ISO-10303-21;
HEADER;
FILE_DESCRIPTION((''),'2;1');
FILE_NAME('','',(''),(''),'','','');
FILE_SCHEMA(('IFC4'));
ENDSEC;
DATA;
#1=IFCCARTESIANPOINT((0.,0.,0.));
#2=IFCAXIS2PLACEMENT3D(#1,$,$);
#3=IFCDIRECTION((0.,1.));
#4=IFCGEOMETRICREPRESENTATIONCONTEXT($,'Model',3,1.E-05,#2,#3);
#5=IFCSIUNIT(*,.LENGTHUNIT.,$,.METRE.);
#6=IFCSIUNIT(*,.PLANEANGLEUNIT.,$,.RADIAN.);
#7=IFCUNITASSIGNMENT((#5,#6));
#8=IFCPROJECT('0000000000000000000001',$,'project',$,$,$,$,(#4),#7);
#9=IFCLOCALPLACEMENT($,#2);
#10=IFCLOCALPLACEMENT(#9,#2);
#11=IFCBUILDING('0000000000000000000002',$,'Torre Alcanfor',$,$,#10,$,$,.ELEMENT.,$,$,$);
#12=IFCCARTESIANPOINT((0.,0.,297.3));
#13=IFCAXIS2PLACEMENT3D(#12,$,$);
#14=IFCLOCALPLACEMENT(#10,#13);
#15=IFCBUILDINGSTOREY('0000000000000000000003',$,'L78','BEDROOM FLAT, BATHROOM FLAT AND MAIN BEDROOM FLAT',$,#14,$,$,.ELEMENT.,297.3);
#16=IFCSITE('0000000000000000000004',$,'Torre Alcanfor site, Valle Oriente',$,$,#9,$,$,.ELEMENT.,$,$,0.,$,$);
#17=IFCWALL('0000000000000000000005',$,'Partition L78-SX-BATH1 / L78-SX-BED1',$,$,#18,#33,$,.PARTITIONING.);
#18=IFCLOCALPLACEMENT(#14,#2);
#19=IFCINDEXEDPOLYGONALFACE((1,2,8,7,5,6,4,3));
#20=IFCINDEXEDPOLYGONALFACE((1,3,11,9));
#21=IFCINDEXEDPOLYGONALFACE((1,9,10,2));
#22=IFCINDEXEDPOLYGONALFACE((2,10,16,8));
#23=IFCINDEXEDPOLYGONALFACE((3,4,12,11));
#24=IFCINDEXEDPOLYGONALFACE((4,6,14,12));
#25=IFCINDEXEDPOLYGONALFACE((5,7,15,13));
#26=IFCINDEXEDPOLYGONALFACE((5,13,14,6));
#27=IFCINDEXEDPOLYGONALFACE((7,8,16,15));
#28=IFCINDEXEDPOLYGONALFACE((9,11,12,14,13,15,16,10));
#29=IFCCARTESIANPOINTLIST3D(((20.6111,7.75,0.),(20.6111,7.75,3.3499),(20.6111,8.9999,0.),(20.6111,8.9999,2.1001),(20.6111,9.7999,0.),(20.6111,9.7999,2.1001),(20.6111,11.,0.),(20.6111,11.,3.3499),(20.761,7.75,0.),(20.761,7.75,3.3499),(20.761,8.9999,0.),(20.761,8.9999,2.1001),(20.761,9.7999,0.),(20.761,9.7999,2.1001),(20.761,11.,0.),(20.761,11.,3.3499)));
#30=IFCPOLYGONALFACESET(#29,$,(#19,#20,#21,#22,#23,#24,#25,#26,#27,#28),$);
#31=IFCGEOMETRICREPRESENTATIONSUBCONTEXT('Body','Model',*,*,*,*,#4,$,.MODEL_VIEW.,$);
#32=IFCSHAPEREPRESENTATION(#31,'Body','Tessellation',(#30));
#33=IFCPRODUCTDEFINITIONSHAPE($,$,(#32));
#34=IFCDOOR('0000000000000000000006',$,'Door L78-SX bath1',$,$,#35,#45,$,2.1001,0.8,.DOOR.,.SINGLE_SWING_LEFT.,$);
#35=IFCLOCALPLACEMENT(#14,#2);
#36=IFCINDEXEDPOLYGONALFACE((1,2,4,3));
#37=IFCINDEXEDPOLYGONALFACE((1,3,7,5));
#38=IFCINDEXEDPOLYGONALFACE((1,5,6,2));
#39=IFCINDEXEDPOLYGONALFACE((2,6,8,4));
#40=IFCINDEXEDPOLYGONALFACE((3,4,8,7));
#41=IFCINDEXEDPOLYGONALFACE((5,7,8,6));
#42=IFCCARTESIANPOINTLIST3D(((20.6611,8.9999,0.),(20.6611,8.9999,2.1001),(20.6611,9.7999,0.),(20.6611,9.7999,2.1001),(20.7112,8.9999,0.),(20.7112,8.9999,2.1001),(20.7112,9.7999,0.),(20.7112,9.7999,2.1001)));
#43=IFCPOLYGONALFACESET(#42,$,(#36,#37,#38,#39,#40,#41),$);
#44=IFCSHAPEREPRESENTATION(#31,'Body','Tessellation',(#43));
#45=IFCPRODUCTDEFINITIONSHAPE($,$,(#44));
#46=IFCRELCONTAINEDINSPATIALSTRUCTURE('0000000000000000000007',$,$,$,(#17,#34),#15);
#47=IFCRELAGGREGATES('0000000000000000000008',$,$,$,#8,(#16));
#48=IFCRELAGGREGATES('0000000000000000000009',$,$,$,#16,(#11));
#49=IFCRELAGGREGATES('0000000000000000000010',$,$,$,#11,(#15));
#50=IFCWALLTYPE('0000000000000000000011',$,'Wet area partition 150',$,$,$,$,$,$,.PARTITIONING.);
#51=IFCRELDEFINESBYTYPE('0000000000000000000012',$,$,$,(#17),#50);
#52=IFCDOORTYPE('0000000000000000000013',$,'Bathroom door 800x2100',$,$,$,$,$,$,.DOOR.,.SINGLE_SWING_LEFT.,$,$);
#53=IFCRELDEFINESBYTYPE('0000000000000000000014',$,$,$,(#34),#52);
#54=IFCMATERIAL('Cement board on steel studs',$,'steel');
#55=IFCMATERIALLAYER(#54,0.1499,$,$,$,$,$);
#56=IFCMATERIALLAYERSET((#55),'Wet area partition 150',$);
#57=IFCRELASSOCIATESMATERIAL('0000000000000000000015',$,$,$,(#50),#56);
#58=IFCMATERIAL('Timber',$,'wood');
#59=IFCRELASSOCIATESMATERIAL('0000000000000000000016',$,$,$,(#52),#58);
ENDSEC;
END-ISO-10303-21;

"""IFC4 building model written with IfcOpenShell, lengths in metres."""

from ifc_helpers import new_model, si_unit, direction, frame, frame_2d, origin, place, context, subcontext, project, spatial, rectangle, extrude, material, layer, layer_set, type_object, element, fill, save


model = new_model("IFC4")

# Units and contexts
model_context = context("Model", 3, precision=1e-05, world=origin(), true_north=direction((0.0, 1.0)))
body_context = subcontext(model_context, "Body", "Model", "MODEL_VIEW")
ifc_project = project(units=[si_unit("LENGTHUNIT", "METRE"), si_unit("PLANEANGLEUNIT", "RADIAN")], contexts=[model_context])

# Site, building, storey
site_placement = place(None, origin())
site = spatial("IfcSite", under=ifc_project, at=site_placement, Name="Torre Alcanfor site, Valle Oriente", CompositionType="ELEMENT", RefElevation=0.0)
building_placement = place(site_placement, origin())
building = spatial("IfcBuilding", under=site, at=building_placement, Name="Torre Alcanfor", CompositionType="ELEMENT")
storey_placement = place(building_placement, frame((0.0, 0.0, 297.3)))
storey = spatial("IfcBuildingStorey", under=building, at=storey_placement, Name="L78", Description="BEDROOM FLAT, BATHROOM FLAT AND MAIN BEDROOM FLAT", CompositionType="ELEMENT", Elevation=297.3)

# Wall, opening, door
ifc_material_1 = material(Name="Cement board on steel studs", Category="steel")
ifc_layer_1 = layer(ifc_material_1, 0.1499)
ifc_layer_set_1 = layer_set([ifc_layer_1], Name="Wet area partition 150")
wall_type_1 = type_object("IfcWallType", Name="Wet area partition 150", PredefinedType="PARTITIONING", material=ifc_layer_set_1)
wall_1_placement = place(storey_placement, frame((20.686, 7.75, 0.0), z_axis=(0.0, 0.0, 1.0), x_axis=(0.0, 1.0, 0.0)))
wall_1 = element("IfcWall", 1, at=wall_1_placement, inside=storey, type_object=wall_type_1, Name="Partition L78-SX-BATH1 / L78-SX-BED1", PredefinedType="PARTITIONING", context=body_context, shape_type="SweptSolid", body=[
    extrude(rectangle(XDim=3.25, YDim=0.1499, at=frame_2d((1.625, 0.0))), origin(), (0.0, 0.0, 1.0), 3.3499),
])
opening_1_placement = place(wall_1_placement, frame((1.25, 0.0, 0.0)))
opening_1 = element("IfcOpeningElement", 2, at=opening_1_placement, cuts=wall_1, PredefinedType="OPENING", context=body_context, shape_type="SweptSolid", body=[
    extrude(rectangle(XDim=0.8, YDim=2.1001, at=frame_2d((0.3999, 1.05))), frame((0.0, 0.085, 0.0), z_axis=(0.0, -1.0, 0.0), x_axis=(1.0, 0.0, 0.0)), (0.0, 0.0, 1.0), 0.1699),
])
ifc_material_2 = material(Name="Timber", Category="wood")
door_type_1 = type_object("IfcDoorType", Name="Bathroom door 800x2100", OperationType="SINGLE_SWING_LEFT", PredefinedType="DOOR", material=ifc_material_2)
door_1_placement = place(opening_1_placement, frame((0.8, 0.0, 0.0), z_axis=(0.0, 0.0, 1.0), x_axis=(-1.0, 0.0, 0.0)))
door_1 = element("IfcDoor", 3, at=door_1_placement, inside=storey, type_object=door_type_1, Name="Door L78-SX bath1", OperationType="SINGLE_SWING_LEFT", OverallHeight=2.1001, OverallWidth=0.8, PredefinedType="DOOR", context=body_context, shape_type="SweptSolid", body=[
    extrude(rectangle(XDim=0.8, YDim=2.1001, at=frame_2d((0.4001, 1.05))), frame((0.0, 0.0251, 0.0), z_axis=(0.0, -1.0, 0.0), x_axis=(1.0, 0.0, 0.0)), (0.0, 0.0, 1.0), 0.05),
])
fill(opening_1, door_1)

save(model, "model.ifc")
